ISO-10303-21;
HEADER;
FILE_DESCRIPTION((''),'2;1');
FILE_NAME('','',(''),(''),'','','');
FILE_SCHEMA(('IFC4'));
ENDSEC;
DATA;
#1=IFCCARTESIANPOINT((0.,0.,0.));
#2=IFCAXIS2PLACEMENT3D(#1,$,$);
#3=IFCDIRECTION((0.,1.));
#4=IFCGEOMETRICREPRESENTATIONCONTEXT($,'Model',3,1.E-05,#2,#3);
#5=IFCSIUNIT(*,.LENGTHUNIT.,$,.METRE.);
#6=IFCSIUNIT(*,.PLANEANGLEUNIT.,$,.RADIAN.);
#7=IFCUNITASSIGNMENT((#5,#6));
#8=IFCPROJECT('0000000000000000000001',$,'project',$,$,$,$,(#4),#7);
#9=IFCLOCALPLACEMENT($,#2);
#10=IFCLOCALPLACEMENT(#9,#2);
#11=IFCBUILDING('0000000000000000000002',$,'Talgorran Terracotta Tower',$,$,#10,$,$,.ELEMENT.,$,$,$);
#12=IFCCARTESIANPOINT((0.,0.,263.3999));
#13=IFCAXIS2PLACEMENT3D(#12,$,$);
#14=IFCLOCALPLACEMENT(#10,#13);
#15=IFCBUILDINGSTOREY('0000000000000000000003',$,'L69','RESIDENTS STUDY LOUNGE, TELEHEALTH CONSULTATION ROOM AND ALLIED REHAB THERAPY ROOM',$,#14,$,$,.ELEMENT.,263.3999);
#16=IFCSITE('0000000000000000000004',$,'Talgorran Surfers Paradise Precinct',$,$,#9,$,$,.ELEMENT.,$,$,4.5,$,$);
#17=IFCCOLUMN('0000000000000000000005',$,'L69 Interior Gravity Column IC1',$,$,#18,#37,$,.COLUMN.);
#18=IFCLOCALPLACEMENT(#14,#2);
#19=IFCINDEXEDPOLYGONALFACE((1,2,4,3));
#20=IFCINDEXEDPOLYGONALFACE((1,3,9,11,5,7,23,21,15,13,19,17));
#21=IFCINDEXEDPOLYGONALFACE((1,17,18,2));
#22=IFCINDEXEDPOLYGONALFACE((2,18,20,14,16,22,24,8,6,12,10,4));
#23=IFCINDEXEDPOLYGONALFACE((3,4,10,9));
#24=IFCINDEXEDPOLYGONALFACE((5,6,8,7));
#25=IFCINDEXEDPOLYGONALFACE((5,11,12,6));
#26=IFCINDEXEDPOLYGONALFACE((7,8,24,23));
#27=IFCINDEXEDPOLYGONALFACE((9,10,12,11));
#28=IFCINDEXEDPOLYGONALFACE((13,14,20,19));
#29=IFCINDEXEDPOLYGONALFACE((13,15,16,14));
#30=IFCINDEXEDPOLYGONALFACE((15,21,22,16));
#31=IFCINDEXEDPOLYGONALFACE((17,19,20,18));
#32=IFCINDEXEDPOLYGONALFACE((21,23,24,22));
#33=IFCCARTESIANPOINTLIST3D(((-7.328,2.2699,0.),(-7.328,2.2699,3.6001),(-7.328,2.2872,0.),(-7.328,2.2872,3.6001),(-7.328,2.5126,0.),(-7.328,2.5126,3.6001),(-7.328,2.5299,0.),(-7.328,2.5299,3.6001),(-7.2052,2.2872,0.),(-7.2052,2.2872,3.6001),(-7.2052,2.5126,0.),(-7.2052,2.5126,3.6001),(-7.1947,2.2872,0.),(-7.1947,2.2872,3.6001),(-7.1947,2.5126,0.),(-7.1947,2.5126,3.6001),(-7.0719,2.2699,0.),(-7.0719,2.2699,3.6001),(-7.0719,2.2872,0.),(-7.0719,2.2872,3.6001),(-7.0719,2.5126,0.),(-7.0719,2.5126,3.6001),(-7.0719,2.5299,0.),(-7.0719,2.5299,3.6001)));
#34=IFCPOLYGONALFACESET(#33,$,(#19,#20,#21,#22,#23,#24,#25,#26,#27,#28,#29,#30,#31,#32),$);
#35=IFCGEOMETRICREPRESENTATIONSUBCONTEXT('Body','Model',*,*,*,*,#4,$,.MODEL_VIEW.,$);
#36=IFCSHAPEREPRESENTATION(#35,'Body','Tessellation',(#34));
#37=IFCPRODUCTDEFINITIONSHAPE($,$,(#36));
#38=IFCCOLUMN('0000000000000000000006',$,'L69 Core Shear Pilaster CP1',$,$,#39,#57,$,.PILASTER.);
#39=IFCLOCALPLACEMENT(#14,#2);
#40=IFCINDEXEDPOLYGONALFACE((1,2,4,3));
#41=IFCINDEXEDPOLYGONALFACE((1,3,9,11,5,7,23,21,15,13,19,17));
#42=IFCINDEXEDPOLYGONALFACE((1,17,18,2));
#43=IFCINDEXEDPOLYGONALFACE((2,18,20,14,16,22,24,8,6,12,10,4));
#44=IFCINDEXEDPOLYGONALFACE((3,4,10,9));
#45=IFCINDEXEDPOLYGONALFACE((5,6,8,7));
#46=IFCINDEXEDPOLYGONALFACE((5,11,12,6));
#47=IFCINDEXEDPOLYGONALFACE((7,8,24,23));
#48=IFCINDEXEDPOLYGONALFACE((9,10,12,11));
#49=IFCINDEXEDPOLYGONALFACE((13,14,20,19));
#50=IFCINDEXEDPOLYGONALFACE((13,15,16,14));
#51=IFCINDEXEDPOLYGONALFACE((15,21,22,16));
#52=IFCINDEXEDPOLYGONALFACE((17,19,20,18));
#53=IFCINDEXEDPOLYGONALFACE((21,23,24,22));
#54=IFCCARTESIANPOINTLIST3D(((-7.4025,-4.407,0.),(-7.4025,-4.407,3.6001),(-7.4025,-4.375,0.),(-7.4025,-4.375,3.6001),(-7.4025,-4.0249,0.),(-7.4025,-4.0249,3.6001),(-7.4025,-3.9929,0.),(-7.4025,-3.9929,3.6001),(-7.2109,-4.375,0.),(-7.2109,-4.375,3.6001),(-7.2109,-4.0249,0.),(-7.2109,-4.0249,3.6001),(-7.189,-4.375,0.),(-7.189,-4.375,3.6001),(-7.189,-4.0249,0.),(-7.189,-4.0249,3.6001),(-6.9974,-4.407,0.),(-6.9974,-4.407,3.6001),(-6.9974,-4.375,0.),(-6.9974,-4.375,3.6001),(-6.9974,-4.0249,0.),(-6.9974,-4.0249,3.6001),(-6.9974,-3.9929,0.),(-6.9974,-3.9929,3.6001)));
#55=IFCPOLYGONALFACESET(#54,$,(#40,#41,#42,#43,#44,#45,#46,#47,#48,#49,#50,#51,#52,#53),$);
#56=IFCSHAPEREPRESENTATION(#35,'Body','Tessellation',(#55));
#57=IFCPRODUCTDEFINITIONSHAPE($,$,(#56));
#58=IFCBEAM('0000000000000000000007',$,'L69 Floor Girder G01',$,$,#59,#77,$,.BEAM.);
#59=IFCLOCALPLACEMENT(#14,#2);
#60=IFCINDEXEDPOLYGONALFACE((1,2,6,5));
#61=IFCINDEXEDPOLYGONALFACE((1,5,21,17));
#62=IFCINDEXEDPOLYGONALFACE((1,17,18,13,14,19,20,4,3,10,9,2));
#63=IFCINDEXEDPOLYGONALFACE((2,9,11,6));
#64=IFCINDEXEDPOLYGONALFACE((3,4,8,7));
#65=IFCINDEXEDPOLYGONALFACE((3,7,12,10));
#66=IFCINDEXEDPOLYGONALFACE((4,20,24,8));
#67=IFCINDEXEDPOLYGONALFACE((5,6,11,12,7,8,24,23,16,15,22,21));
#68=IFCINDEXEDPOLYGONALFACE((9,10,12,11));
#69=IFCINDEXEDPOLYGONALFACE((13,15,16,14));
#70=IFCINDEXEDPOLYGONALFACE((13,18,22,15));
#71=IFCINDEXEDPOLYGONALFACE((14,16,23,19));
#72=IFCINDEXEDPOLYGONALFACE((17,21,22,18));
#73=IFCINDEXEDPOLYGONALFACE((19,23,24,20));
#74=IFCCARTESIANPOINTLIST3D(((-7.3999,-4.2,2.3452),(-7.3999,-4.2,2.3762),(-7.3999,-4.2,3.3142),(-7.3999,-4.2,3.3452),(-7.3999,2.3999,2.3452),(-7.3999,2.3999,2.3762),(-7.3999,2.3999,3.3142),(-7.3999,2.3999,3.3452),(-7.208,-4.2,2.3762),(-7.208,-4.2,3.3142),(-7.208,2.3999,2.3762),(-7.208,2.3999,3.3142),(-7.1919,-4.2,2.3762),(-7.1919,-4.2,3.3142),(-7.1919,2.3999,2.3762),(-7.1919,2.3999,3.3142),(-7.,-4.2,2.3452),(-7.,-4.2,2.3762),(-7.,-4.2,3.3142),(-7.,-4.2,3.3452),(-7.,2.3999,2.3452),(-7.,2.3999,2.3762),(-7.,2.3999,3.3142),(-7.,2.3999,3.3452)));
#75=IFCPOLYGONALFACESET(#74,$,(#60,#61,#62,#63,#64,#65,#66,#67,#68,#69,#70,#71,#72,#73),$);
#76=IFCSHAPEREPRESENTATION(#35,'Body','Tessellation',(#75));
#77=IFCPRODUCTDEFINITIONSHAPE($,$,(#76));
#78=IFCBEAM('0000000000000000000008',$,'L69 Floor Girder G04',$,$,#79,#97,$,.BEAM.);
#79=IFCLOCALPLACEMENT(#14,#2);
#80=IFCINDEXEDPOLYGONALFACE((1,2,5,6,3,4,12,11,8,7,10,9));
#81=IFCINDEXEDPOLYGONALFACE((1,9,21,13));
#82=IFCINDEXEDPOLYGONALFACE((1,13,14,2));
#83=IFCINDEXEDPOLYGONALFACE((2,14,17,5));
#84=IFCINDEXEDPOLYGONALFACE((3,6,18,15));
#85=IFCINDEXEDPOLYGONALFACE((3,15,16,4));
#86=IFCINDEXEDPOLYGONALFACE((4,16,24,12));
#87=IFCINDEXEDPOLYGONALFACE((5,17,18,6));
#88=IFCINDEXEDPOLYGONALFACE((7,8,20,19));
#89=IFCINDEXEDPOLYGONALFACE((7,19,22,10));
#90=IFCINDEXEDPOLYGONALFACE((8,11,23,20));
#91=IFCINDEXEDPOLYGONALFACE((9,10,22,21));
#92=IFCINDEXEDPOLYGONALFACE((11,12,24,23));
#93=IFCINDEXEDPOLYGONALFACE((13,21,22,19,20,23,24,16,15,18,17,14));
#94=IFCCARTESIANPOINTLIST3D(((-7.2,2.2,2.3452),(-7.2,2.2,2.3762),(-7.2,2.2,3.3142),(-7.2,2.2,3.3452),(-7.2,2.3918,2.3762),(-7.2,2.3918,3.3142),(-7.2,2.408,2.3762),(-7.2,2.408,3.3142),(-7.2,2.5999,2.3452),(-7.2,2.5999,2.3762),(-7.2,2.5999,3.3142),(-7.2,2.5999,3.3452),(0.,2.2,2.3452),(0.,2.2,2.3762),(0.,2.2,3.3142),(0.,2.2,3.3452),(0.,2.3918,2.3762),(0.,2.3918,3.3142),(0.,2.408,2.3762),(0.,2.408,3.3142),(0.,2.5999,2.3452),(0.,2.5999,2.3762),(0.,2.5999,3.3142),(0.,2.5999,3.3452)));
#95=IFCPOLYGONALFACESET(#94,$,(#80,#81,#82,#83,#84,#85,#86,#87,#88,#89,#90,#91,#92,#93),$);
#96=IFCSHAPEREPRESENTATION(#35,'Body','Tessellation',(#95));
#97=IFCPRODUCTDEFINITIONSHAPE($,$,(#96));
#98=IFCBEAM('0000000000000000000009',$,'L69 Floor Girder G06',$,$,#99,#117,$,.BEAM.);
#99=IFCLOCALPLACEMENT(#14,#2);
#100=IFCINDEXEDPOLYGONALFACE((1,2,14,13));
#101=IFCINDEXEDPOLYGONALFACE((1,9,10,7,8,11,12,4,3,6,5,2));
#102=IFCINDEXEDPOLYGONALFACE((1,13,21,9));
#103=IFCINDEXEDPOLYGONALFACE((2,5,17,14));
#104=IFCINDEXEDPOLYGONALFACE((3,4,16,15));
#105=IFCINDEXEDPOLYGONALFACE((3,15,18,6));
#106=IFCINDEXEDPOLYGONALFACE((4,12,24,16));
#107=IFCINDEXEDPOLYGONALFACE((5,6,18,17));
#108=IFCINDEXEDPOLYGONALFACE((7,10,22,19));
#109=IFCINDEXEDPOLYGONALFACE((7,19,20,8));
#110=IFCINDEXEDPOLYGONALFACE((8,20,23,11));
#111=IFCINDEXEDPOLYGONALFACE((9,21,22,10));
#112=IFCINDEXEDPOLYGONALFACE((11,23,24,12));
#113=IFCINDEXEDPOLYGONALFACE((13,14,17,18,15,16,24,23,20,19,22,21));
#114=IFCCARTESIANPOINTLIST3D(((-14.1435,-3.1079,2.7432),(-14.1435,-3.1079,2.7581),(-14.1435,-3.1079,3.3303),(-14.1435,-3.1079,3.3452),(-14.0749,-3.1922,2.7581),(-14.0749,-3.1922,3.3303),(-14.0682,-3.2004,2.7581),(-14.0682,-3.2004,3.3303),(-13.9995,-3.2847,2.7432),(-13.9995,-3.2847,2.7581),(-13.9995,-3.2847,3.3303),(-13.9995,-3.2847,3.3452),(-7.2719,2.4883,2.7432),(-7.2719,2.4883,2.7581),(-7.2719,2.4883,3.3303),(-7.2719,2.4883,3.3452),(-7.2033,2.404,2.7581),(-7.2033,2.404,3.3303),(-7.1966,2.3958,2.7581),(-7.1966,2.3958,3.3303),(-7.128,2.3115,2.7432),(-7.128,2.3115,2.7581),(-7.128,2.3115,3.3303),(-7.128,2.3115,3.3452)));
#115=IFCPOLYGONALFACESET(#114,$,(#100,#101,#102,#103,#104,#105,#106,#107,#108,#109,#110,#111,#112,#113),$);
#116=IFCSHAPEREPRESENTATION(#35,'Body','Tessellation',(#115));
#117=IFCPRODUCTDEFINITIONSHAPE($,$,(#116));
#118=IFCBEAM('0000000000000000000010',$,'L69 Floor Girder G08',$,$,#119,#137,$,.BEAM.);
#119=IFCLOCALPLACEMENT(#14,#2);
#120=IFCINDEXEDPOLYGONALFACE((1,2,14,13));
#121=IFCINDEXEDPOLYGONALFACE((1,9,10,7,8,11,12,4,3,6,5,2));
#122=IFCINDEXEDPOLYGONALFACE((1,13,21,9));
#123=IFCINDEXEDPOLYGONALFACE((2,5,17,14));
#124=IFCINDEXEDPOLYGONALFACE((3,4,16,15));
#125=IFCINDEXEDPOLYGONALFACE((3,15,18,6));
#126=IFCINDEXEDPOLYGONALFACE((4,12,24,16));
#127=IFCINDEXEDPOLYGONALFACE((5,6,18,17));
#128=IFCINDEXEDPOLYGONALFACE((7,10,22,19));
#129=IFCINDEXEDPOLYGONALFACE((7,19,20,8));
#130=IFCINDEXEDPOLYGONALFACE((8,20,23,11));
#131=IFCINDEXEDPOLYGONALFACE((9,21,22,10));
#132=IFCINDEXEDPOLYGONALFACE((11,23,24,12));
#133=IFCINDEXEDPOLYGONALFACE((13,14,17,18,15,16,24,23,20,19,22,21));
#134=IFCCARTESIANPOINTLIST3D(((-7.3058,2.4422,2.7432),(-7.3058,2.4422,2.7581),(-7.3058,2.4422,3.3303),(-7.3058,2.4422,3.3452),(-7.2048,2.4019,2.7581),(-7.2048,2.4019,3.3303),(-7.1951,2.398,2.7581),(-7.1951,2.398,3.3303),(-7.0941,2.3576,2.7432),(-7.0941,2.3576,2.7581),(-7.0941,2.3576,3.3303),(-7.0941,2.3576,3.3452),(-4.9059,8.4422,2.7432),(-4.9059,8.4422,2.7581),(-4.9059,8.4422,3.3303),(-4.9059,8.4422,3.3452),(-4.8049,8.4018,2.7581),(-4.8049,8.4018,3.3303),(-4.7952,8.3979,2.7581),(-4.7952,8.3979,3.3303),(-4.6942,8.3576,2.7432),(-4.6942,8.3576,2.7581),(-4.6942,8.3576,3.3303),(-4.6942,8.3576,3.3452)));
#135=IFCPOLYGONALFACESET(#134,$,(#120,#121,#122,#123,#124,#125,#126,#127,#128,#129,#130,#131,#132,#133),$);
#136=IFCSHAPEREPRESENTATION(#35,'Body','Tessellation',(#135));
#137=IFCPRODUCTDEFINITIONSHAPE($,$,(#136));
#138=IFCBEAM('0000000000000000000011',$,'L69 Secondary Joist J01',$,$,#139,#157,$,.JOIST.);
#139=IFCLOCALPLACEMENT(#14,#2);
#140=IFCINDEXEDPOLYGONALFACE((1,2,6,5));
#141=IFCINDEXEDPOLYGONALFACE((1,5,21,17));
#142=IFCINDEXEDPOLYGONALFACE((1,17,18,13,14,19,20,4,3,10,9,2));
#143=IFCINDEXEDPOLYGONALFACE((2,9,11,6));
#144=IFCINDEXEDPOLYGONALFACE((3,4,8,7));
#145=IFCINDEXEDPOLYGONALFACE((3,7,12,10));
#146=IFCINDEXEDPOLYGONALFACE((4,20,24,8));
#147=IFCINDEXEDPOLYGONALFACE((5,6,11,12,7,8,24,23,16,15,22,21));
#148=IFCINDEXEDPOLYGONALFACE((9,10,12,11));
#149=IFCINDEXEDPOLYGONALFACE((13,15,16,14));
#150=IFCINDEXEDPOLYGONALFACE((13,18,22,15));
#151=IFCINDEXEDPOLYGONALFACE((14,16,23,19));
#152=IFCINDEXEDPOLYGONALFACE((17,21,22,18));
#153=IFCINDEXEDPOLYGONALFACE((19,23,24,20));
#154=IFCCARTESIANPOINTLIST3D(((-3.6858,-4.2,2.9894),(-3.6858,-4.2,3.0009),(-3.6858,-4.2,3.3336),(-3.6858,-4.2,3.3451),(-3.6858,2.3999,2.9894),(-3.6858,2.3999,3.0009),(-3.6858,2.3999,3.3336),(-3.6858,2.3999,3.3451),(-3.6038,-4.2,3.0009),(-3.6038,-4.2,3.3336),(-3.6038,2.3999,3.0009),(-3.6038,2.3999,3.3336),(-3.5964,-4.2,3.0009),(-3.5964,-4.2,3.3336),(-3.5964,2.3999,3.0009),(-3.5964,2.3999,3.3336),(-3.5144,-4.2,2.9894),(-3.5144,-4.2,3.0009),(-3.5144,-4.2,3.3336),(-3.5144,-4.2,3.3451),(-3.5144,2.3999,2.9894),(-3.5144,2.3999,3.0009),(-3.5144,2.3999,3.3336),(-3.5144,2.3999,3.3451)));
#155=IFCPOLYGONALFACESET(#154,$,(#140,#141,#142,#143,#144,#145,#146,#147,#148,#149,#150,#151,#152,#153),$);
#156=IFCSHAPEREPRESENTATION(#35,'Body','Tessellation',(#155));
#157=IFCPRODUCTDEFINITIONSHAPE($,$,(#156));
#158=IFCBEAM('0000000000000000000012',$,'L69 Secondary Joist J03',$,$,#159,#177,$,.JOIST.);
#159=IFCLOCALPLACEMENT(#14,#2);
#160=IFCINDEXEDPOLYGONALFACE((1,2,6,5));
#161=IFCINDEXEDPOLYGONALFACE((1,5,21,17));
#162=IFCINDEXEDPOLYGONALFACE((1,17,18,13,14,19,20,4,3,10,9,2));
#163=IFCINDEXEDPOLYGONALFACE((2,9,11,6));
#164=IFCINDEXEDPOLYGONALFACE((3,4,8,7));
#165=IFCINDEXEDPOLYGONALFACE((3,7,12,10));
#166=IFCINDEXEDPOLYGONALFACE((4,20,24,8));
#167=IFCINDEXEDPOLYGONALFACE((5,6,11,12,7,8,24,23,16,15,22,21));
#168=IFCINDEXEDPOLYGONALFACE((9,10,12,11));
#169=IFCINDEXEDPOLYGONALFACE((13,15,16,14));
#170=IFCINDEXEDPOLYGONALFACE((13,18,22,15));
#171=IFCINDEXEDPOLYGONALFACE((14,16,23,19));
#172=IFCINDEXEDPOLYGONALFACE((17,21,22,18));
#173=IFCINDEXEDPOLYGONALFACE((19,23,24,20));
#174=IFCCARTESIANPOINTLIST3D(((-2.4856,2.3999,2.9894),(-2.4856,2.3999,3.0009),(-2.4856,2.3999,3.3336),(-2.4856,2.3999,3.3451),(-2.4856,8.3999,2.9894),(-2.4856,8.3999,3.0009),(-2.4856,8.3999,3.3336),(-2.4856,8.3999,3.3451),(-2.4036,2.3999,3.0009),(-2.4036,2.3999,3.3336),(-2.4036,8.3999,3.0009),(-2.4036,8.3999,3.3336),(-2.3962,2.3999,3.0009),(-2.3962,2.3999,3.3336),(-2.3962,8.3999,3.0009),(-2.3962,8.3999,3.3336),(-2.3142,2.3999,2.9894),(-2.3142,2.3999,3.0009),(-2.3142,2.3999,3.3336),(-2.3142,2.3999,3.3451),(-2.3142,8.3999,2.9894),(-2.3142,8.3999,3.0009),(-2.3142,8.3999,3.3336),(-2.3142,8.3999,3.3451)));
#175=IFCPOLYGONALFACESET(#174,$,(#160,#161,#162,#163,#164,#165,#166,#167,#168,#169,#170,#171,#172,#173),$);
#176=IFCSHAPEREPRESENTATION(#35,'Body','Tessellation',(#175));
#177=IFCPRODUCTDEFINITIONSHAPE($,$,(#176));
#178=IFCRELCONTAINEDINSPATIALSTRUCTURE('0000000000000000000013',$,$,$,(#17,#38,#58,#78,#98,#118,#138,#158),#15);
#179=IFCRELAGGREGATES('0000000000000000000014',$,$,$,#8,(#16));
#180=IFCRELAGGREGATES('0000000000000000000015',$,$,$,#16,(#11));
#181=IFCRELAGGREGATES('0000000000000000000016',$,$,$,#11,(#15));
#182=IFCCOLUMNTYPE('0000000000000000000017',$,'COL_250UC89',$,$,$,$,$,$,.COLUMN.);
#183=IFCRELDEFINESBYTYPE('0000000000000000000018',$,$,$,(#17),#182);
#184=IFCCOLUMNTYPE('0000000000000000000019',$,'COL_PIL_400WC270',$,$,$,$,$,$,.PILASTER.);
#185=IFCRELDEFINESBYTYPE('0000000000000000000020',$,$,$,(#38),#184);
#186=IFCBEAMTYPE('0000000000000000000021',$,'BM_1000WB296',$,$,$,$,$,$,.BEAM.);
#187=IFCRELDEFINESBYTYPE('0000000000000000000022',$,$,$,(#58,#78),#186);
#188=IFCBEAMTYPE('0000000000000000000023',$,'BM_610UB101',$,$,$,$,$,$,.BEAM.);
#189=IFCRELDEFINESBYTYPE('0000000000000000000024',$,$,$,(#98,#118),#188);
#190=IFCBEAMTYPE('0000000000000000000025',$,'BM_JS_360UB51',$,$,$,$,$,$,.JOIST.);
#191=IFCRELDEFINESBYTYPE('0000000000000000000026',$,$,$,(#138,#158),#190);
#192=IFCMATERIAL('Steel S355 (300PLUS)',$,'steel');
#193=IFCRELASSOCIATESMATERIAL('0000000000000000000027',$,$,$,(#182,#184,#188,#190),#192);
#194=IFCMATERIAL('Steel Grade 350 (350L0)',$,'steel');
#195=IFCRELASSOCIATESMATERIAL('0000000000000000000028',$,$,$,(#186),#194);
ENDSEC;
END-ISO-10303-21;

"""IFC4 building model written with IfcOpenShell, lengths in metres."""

from ifc_helpers import new_model, si_unit, direction, frame, origin, origin_2d, place, context, subcontext, project, spatial, i_section, extrude, material, material_profile, profile_set, type_object, element, save


model = new_model("IFC4")

# Units and contexts
model_context = context("Model", 3, precision=1e-05, world=origin(), true_north=direction((0.0, 1.0)))
body_context = subcontext(model_context, "Body", "Model", "MODEL_VIEW")
ifc_project = project(units=[si_unit("LENGTHUNIT", "METRE"), si_unit("PLANEANGLEUNIT", "RADIAN")], contexts=[model_context])

# Site, building, storey
site_placement = place(None, origin())
site = spatial("IfcSite", under=ifc_project, at=site_placement, Name="Talgorran Surfers Paradise Precinct", CompositionType="ELEMENT", RefElevation=4.5)
building_placement = place(site_placement, origin())
building = spatial("IfcBuilding", under=site, at=building_placement, Name="Talgorran Terracotta Tower", CompositionType="ELEMENT")
storey_placement = place(building_placement, frame((0.0, 0.0, 263.3999)))
storey = spatial("IfcBuildingStorey", under=building, at=storey_placement, Name="L69", Description="RESIDENTS STUDY LOUNGE, TELEHEALTH CONSULTATION ROOM AND ALLIED REHAB THERAPY ROOM", CompositionType="ELEMENT", Elevation=263.3999)

# Columns
ifc_material_1 = material(Name="Steel S355 (300PLUS)", Category="steel")
ifc_material_profile_1 = material_profile(ifc_material_1, i_section(OverallWidth=0.2561, OverallDepth=0.26, WebThickness=0.0105, FlangeThickness=0.0173, at=origin_2d()), Name="250UC89.5")
ifc_profile_set_1 = profile_set([ifc_material_profile_1], Name="Steel S355 (300PLUS)")
column_type_1 = type_object("IfcColumnType", Name="COL_250UC89", PredefinedType="COLUMN", material=ifc_profile_set_1)
column_1_placement = place(storey_placement, frame((-7.2, 2.3999, 0.0), z_axis=(0.0, 0.0, 1.0), x_axis=(1.0, 0.0, 0.0)))
element("IfcColumn", 1, at=column_1_placement, inside=storey, type_object=column_type_1, Name="L69 Interior Gravity Column IC1", PredefinedType="COLUMN", context=body_context, shape_type="SweptSolid", body=[
    extrude(i_section(OverallWidth=0.2561, OverallDepth=0.26, WebThickness=0.0105, FlangeThickness=0.0173, at=origin_2d()), origin(), (0.0, 0.0, 1.0), 3.6001),
])
ifc_material_profile_2 = material_profile(ifc_material_1, i_section(OverallWidth=0.405, OverallDepth=0.4141, WebThickness=0.022, FlangeThickness=0.032, at=origin_2d()), Name="400WC270")
ifc_profile_set_2 = profile_set([ifc_material_profile_2], Name="Steel S355 (300PLUS)")
column_type_2 = type_object("IfcColumnType", Name="COL_PIL_400WC270", PredefinedType="PILASTER", material=ifc_profile_set_2)
column_2_placement = place(storey_placement, frame((-7.2, -4.2, 0.0), z_axis=(0.0, 0.0, 1.0), x_axis=(1.0, 0.0, 0.0)))
element("IfcColumn", 2, at=column_2_placement, inside=storey, type_object=column_type_2, Name="L69 Core Shear Pilaster CP1", PredefinedType="PILASTER", context=body_context, shape_type="SweptSolid", body=[
    extrude(i_section(OverallWidth=0.405, OverallDepth=0.4141, WebThickness=0.022, FlangeThickness=0.032, at=origin_2d()), origin(), (0.0, 0.0, 1.0), 3.6001),
])

# Beams
ifc_material_2 = material(Name="Steel Grade 350 (350L0)", Category="steel")
ifc_material_profile_3 = material_profile(ifc_material_2, i_section(OverallWidth=0.3999, OverallDepth=1.0, WebThickness=0.0161, FlangeThickness=0.031, at=origin_2d()), Name="1000WB296")
ifc_profile_set_3 = profile_set([ifc_material_profile_3], Name="Steel Grade 350 (350L0)")
beam_type_1 = type_object("IfcBeamType", Name="BM_1000WB296", PredefinedType="BEAM", material=ifc_profile_set_3)
beam_1_placement = place(storey_placement, frame((-7.2, -4.2, 2.8452), z_axis=(0.0, 1.0, 0.0), x_axis=(-1.0, 0.0, 0.0)))
element("IfcBeam", 3, at=beam_1_placement, inside=storey, type_object=beam_type_1, Name="L69 Floor Girder G01", PredefinedType="BEAM", context=body_context, shape_type="SweptSolid", body=[
    extrude(i_section(OverallWidth=0.3999, OverallDepth=1.0, WebThickness=0.0161, FlangeThickness=0.031, at=origin_2d()), origin(), (0.0, 0.0, 1.0), 6.5999),
])
beam_2_placement = place(storey_placement, frame((-7.2, 2.3999, 2.8452), z_axis=(1.0, 0.0, 0.0), x_axis=(0.0, 1.0, 0.0)))
element("IfcBeam", 4, at=beam_2_placement, inside=storey, type_object=beam_type_1, Name="L69 Floor Girder G04", PredefinedType="BEAM", context=body_context, shape_type="SweptSolid", body=[
    extrude(i_section(OverallWidth=0.3999, OverallDepth=1.0, WebThickness=0.0161, FlangeThickness=0.031, at=origin_2d()), origin(), (0.0, 0.0, 1.0), 7.2),
])
ifc_material_profile_4 = material_profile(ifc_material_1, i_section(OverallWidth=0.228, OverallDepth=0.6021, WebThickness=0.0105, FlangeThickness=0.0149, at=origin_2d()), Name="610UB101")
ifc_profile_set_4 = profile_set([ifc_material_profile_4], Name="Steel S355 (300PLUS)")
beam_type_2 = type_object("IfcBeamType", Name="BM_610UB101", PredefinedType="BEAM", material=ifc_profile_set_4)
beam_3_placement = place(storey_placement, frame((-7.2, 2.3999, 3.0442), z_axis=(-0.775394, -0.631478, 0.0), x_axis=(0.631478, -0.775394, 0.0)))
element("IfcBeam", 5, at=beam_3_placement, inside=storey, type_object=beam_type_2, Name="L69 Floor Girder G06", PredefinedType="BEAM", context=body_context, shape_type="SweptSolid", body=[
    extrude(i_section(OverallWidth=0.228, OverallDepth=0.6021, WebThickness=0.0105, FlangeThickness=0.0149, at=origin_2d()), origin(), (0.0, 0.0, 1.0), 8.8621),
])
beam_4_placement = place(storey_placement, frame((-7.2, 2.3999, 3.0442), z_axis=(0.371378, 0.928482, 0.0), x_axis=(-0.928482, 0.371378, 0.0)))
element("IfcBeam", 6, at=beam_4_placement, inside=storey, type_object=beam_type_2, Name="L69 Floor Girder G08", PredefinedType="BEAM", context=body_context, shape_type="SweptSolid", body=[
    extrude(i_section(OverallWidth=0.228, OverallDepth=0.6021, WebThickness=0.0105, FlangeThickness=0.0149, at=origin_2d()), origin(), (0.0, 0.0, 1.0), 6.4622),
])
ifc_material_profile_5 = material_profile(ifc_material_1, i_section(OverallWidth=0.1714, OverallDepth=0.3557, WebThickness=0.0073, FlangeThickness=0.0115, at=origin_2d()), Name="360UB50.7")
ifc_profile_set_5 = profile_set([ifc_material_profile_5], Name="Steel S355 (300PLUS)")
beam_type_3 = type_object("IfcBeamType", Name="BM_JS_360UB51", PredefinedType="JOIST", material=ifc_profile_set_5)
beam_5_placement = place(storey_placement, frame((-3.6001, -4.2, 3.1672), z_axis=(0.0, 1.0, 0.0), x_axis=(-1.0, 0.0, 0.0)))
element("IfcBeam", 7, at=beam_5_placement, inside=storey, type_object=beam_type_3, Name="L69 Secondary Joist J01", PredefinedType="JOIST", context=body_context, shape_type="SweptSolid", body=[
    extrude(i_section(OverallWidth=0.1714, OverallDepth=0.3557, WebThickness=0.0073, FlangeThickness=0.0115, at=origin_2d()), origin(), (0.0, 0.0, 1.0), 6.5999),
])
beam_6_placement = place(storey_placement, frame((-2.3999, 2.3999, 3.1672), z_axis=(0.0, 1.0, 0.0), x_axis=(-1.0, 0.0, 0.0)))
element("IfcBeam", 8, at=beam_6_placement, inside=storey, type_object=beam_type_3, Name="L69 Secondary Joist J03", PredefinedType="JOIST", context=body_context, shape_type="SweptSolid", body=[
    extrude(i_section(OverallWidth=0.1714, OverallDepth=0.3557, WebThickness=0.0073, FlangeThickness=0.0115, at=origin_2d()), origin(), (0.0, 0.0, 1.0), 6.0),
])

save(model, "model.ifc")
